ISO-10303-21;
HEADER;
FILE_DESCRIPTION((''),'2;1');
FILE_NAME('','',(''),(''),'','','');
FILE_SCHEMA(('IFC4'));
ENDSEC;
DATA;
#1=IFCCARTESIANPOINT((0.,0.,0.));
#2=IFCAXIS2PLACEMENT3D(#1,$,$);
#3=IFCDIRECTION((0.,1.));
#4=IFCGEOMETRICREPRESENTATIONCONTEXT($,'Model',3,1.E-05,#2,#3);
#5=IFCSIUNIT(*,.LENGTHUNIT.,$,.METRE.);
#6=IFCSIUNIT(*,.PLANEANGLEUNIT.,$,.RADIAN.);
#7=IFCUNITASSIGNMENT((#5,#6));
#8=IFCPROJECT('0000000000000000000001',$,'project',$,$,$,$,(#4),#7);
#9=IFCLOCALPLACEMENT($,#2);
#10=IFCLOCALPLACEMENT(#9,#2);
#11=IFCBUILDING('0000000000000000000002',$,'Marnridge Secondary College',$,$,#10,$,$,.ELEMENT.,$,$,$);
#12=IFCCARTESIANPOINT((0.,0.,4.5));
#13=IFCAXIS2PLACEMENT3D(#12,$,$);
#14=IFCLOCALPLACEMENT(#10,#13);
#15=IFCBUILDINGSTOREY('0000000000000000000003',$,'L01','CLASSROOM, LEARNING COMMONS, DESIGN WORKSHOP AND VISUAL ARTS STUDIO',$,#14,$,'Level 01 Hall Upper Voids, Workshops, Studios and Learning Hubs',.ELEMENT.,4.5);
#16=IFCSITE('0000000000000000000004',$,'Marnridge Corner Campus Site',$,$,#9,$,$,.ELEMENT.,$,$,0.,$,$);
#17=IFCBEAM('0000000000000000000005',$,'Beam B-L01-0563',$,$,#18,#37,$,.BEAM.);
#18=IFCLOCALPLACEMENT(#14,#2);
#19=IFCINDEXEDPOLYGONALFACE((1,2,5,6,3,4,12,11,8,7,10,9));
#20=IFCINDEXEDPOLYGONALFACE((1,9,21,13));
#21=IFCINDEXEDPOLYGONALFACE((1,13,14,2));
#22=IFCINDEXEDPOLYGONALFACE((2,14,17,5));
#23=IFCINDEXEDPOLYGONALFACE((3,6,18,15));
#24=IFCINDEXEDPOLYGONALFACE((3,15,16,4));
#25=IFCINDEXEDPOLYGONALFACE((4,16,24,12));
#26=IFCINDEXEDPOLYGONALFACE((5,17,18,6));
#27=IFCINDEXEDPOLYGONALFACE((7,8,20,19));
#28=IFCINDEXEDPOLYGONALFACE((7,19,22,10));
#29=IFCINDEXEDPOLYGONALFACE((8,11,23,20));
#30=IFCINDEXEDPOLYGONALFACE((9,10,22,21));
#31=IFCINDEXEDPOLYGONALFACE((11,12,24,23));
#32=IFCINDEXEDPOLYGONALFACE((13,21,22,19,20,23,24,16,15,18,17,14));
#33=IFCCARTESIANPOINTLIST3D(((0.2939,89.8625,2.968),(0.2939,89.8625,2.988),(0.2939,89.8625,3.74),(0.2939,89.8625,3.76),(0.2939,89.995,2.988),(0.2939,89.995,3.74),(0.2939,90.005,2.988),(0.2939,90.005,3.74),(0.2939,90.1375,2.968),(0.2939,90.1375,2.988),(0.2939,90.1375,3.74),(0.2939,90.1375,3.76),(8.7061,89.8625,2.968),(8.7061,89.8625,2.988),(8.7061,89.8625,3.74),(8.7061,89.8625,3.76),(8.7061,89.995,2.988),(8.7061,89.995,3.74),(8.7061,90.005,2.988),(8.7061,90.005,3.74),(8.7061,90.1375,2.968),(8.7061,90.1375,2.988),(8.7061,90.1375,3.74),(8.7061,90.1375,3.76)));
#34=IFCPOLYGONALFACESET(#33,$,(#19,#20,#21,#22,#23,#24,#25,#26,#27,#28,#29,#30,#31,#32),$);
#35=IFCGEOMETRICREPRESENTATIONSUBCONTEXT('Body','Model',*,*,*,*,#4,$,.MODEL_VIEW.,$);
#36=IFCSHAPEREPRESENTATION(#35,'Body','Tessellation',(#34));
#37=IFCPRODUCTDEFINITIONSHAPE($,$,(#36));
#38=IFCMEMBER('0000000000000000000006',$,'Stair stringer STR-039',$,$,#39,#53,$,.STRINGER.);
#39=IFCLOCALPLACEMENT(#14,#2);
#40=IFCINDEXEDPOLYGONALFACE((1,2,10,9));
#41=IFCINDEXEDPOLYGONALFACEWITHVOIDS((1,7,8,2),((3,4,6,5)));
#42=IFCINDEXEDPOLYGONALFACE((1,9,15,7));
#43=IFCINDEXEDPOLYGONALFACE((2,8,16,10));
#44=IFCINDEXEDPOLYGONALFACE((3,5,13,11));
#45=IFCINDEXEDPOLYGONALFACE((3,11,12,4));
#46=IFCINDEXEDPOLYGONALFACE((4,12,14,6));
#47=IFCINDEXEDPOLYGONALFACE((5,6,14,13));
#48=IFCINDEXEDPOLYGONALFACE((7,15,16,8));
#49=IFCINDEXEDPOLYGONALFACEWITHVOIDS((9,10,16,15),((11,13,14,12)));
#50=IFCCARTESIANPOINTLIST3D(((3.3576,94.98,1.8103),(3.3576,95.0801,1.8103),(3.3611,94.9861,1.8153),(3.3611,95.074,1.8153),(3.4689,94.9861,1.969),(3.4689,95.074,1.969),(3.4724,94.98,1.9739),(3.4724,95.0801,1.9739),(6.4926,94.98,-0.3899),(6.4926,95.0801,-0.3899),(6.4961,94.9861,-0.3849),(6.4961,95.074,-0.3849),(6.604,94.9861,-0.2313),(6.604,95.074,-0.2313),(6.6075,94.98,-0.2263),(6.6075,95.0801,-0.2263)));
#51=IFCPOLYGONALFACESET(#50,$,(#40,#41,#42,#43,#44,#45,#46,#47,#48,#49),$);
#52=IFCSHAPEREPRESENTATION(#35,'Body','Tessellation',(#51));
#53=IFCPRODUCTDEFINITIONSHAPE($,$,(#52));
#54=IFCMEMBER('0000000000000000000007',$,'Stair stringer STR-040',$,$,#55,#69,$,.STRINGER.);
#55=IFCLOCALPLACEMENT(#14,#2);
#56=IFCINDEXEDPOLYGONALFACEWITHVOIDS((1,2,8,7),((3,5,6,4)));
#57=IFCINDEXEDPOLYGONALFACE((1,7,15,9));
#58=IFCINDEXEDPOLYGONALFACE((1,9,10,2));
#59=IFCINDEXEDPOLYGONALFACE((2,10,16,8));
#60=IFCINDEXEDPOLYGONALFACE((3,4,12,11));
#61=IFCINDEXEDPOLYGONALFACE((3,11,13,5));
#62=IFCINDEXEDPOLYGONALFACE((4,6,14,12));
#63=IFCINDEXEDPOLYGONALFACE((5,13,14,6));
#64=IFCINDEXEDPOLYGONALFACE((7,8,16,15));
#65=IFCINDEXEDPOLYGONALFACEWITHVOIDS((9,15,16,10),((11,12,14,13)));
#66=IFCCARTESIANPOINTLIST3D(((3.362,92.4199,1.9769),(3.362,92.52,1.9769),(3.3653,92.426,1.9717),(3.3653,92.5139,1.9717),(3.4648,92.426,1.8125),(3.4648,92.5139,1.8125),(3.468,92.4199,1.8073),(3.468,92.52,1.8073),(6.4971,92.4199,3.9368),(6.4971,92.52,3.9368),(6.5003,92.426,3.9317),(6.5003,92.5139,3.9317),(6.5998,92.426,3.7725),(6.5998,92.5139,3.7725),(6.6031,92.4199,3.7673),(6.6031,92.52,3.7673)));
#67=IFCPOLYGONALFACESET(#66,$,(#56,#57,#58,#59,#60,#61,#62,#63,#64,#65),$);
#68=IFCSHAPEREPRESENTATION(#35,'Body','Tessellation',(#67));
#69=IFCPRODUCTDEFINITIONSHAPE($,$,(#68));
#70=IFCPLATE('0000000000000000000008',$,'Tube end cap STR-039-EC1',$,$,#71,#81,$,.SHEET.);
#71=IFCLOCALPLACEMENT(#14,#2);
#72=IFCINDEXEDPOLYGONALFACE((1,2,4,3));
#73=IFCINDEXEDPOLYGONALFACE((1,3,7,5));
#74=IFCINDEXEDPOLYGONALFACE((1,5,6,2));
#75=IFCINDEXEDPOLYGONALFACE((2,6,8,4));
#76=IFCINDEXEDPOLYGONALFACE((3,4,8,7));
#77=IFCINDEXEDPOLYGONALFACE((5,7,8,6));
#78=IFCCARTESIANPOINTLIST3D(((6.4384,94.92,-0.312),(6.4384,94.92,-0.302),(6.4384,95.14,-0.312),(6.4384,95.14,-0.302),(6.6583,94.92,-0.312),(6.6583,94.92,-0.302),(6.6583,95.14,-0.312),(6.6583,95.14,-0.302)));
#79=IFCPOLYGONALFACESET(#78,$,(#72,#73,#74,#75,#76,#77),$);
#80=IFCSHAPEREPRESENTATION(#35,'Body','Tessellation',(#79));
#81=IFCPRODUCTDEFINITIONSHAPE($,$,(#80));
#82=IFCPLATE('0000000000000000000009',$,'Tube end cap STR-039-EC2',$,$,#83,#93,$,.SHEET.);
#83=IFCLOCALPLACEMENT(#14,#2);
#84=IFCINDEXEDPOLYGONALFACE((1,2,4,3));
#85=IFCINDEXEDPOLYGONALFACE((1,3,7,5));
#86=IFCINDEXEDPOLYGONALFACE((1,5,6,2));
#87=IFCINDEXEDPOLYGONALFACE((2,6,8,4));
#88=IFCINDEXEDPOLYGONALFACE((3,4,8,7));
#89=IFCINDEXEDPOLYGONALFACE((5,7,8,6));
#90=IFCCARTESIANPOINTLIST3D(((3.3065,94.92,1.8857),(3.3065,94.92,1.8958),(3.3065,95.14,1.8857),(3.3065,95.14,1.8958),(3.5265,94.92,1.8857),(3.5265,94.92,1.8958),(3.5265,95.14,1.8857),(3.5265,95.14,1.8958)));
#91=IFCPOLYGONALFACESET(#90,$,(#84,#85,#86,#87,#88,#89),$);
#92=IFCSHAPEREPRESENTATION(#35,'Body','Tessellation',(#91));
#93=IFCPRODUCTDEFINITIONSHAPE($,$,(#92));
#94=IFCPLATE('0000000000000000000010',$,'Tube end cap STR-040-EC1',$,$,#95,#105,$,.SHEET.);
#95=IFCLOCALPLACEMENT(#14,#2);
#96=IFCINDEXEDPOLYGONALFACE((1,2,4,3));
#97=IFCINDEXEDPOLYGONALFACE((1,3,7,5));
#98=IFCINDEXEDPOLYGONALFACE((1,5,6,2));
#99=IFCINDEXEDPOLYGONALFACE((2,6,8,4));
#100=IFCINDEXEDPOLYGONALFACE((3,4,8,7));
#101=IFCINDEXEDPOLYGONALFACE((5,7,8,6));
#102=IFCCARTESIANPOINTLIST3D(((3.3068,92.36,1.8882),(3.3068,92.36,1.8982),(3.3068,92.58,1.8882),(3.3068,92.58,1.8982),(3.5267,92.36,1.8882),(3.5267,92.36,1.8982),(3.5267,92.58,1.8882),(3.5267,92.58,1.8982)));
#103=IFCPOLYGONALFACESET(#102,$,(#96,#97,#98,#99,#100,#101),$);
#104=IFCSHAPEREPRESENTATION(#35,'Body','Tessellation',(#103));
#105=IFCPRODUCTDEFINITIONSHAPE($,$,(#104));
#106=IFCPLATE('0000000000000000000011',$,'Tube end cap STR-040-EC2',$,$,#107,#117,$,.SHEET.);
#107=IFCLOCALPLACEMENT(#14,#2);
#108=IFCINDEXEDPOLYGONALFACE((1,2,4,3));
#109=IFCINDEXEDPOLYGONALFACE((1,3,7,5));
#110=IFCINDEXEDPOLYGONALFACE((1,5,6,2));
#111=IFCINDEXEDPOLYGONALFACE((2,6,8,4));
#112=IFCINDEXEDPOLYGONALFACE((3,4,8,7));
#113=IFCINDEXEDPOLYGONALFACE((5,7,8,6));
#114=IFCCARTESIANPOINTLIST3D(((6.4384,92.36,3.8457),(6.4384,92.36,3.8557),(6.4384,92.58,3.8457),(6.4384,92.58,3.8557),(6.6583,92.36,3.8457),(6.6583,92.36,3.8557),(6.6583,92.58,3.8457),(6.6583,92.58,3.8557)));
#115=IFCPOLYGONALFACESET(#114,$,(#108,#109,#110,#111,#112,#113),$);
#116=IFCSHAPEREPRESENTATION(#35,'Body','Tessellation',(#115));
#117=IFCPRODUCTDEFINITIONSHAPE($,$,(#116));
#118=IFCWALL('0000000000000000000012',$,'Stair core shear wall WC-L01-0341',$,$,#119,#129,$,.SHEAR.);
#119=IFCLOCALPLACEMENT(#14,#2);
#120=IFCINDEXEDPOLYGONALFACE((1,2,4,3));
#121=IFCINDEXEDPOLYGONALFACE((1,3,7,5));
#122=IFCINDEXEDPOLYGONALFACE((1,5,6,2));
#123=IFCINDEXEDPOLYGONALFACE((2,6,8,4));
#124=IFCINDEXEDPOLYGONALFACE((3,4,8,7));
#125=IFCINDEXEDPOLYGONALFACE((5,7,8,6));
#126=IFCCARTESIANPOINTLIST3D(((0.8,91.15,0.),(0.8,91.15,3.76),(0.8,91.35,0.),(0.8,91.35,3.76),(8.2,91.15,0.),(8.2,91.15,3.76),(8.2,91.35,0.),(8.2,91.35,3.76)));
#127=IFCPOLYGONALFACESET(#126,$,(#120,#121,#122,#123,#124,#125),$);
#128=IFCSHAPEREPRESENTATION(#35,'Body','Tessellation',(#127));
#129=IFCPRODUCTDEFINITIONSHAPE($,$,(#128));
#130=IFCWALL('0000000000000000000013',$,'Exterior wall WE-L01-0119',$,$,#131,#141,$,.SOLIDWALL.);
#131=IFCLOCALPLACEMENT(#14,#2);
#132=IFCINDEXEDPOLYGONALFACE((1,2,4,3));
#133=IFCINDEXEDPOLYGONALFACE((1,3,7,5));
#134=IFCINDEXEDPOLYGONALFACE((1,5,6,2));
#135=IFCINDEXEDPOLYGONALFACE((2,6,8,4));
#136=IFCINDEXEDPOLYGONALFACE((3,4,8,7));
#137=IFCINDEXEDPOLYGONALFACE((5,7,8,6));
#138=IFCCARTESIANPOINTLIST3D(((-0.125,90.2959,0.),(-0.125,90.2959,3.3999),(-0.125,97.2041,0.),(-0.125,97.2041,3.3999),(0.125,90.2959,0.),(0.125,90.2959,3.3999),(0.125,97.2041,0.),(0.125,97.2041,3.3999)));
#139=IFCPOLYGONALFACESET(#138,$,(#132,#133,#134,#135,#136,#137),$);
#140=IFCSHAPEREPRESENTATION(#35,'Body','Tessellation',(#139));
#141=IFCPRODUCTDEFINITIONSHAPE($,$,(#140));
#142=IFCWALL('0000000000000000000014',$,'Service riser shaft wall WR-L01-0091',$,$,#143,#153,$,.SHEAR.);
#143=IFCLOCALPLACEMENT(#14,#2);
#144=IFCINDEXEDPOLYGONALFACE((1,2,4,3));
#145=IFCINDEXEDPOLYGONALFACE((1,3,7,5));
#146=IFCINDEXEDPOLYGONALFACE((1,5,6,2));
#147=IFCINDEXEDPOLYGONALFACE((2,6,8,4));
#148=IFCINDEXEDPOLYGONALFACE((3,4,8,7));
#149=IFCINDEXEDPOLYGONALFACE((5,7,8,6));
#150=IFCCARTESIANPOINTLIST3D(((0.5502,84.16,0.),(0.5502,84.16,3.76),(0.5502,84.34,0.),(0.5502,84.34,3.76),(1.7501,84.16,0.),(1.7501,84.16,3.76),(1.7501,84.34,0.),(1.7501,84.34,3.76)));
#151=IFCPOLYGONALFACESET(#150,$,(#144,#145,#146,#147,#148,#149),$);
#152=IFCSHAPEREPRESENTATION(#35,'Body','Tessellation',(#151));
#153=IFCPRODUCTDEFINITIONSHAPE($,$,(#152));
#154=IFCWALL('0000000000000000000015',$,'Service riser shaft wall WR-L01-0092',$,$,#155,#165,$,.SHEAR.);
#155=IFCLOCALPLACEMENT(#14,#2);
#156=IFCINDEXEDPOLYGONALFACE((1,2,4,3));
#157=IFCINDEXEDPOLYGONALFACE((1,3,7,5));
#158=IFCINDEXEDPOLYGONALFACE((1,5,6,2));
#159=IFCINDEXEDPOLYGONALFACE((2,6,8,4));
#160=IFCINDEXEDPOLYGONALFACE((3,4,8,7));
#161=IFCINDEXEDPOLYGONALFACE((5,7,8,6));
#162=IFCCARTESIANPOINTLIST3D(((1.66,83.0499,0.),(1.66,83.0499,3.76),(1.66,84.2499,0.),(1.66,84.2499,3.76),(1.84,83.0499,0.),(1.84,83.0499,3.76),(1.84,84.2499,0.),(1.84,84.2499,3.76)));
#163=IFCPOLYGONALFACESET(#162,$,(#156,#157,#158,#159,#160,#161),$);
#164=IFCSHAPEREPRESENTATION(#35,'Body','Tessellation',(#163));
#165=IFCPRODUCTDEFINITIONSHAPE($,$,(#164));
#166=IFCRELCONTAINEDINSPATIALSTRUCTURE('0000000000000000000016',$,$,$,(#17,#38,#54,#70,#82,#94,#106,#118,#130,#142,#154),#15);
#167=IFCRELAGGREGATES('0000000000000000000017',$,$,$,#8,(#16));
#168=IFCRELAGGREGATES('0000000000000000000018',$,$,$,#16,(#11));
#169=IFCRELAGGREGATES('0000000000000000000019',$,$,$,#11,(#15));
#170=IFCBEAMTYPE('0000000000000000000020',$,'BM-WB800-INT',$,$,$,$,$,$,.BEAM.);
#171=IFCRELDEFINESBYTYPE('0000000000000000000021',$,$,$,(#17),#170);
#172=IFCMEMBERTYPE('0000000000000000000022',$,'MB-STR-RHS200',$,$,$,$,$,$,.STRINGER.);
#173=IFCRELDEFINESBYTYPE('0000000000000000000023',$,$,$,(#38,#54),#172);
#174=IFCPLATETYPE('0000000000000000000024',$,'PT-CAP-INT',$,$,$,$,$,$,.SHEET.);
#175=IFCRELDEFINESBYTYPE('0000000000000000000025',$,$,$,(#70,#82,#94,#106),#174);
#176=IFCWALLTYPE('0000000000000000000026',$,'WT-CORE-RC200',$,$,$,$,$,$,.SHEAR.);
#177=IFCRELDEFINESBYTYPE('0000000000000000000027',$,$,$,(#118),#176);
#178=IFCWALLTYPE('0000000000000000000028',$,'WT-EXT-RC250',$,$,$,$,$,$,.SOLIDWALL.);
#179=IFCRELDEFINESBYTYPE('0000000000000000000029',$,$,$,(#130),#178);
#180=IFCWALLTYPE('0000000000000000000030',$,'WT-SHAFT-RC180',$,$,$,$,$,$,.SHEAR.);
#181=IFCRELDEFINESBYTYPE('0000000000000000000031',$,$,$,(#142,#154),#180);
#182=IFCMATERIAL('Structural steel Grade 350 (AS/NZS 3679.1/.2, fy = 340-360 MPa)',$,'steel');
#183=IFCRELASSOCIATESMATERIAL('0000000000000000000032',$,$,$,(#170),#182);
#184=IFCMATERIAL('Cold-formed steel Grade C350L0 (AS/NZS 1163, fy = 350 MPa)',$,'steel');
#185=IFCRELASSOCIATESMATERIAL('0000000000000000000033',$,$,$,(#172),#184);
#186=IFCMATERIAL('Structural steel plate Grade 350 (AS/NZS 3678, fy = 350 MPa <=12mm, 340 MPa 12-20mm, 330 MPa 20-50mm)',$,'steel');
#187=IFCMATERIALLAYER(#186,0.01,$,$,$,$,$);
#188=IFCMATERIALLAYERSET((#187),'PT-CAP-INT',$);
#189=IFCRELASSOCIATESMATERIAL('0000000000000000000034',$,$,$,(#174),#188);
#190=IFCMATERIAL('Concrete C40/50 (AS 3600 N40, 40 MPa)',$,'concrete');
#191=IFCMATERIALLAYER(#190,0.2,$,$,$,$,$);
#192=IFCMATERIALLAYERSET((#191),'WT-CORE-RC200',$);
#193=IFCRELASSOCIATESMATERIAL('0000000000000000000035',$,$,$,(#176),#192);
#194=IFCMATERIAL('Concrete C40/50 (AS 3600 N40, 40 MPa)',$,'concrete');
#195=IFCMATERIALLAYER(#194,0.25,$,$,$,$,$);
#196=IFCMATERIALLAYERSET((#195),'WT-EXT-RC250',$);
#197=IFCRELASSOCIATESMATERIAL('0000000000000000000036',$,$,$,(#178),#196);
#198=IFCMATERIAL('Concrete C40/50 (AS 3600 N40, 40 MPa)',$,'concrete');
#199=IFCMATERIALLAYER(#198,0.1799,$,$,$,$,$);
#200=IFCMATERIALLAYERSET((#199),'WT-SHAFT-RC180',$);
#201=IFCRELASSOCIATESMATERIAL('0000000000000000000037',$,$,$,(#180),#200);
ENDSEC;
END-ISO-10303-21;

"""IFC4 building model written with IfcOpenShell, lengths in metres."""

from ifc_helpers import new_model, si_unit, direction, frame, frame_2d, origin, origin_2d, place, context, subcontext, project, spatial, rectangle, hollow_rectangle, i_section, extrude, material, layer, layer_set, material_profile, profile_set, type_object, element, save


model = new_model("IFC4")

# Units and contexts
model_context = context("Model", 3, precision=1e-05, world=origin(), true_north=direction((0.0, 1.0)))
body_context = subcontext(model_context, "Body", "Model", "MODEL_VIEW")
ifc_project = project(units=[si_unit("LENGTHUNIT", "METRE"), si_unit("PLANEANGLEUNIT", "RADIAN")], contexts=[model_context])

# Site, building, storey
site_placement = place(None, origin())
site = spatial("IfcSite", under=ifc_project, at=site_placement, Name="Marnridge Corner Campus Site", CompositionType="ELEMENT", RefElevation=0.0)
building_placement = place(site_placement, origin())
building = spatial("IfcBuilding", under=site, at=building_placement, Name="Marnridge Secondary College", CompositionType="ELEMENT")
storey_placement = place(building_placement, frame((0.0, 0.0, 4.5)))
storey = spatial("IfcBuildingStorey", under=building, at=storey_placement, Name="L01", Description="CLASSROOM, LEARNING COMMONS, DESIGN WORKSHOP AND VISUAL ARTS STUDIO", LongName="Level 01 Hall Upper Voids, Workshops, Studios and Learning Hubs", CompositionType="ELEMENT", Elevation=4.5)

# Beam
ifc_material_1 = material(Name="Structural steel Grade 350 (AS/NZS 3679.1/.2, fy = 340-360 MPa)", Category="steel")
ifc_material_profile_1 = material_profile(ifc_material_1, i_section(OverallWidth=0.2749, OverallDepth=0.792, WebThickness=0.01, FlangeThickness=0.02, at=origin_2d()), Name="800WB146")
ifc_profile_set_1 = profile_set([ifc_material_profile_1], Name="Structural steel Grade 350 (AS/NZS 3679.1/.2, fy = 340-360 MPa)")
beam_type_1 = type_object("IfcBeamType", Name="BM-WB800-INT", PredefinedType="BEAM", material=ifc_profile_set_1)
beam_1_placement = place(storey_placement, frame((0.2939, 90.0, 3.364), z_axis=(1.0, 0.0, 0.0), x_axis=(0.0, 1.0, 0.0)))
element("IfcBeam", 1, at=beam_1_placement, inside=storey, type_object=beam_type_1, Name="Beam B-L01-0563", PredefinedType="BEAM", context=body_context, shape_type="SweptSolid", body=[
    extrude(i_section(OverallWidth=0.2749, OverallDepth=0.792, WebThickness=0.01, FlangeThickness=0.02, at=origin_2d()), origin(), (0.0, 0.0, 1.0), 8.4121),
])

# Members
ifc_material_2 = material(Name="Cold-formed steel Grade C350L0 (AS/NZS 1163, fy = 350 MPa)", Category="steel")
ifc_material_profile_2 = material_profile(ifc_material_2, hollow_rectangle(XDim=0.1001, YDim=0.2, WallThickness=0.0061, at=origin_2d()), Name="200x100x6.0RHS")
ifc_profile_set_2 = profile_set([ifc_material_profile_2], Name="Cold-formed steel Grade C350L0 (AS/NZS 1163, fy = 350 MPa)")
member_type = type_object("IfcMemberType", Name="MB-STR-RHS200", PredefinedType="STRINGER", material=ifc_profile_set_2)
member_1_placement = place(storey_placement, frame((6.55, 95.03, -0.3081), z_axis=(-0.818534, 0.0, 0.574459), x_axis=(0.0, -1.0, 0.0)))
element("IfcMember", 2, at=member_1_placement, inside=storey, type_object=member_type, Name="Stair stringer STR-039", PredefinedType="STRINGER", context=body_context, shape_type="SweptSolid", body=[
    extrude(hollow_rectangle(XDim=0.1001, YDim=0.2, WallThickness=0.0061, at=origin_2d()), origin(), (0.0, 0.0, 1.0), 3.8301),
])
member_2_placement = place(storey_placement, frame((3.415, 92.47, 1.8921), z_axis=(0.847928, 0.0, 0.530112), x_axis=(0.0, 1.0, 0.0)))
element("IfcMember", 3, at=member_2_placement, inside=storey, type_object=member_type, Name="Stair stringer STR-040", PredefinedType="STRINGER", context=body_context, shape_type="SweptSolid", body=[
    extrude(hollow_rectangle(XDim=0.1001, YDim=0.2, WallThickness=0.0061, at=origin_2d()), origin(), (0.0, 0.0, 1.0), 3.6973),
])

# Plates
ifc_material_3 = material(Name="Structural steel plate Grade 350 (AS/NZS 3678, fy = 350 MPa <=12mm, 340 MPa 12-20mm, 330 MPa 20-50mm)", Category="steel")
ifc_layer_1 = layer(ifc_material_3, 0.01)
ifc_layer_set_1 = layer_set([ifc_layer_1], Name="PT-CAP-INT")
plate_type = type_object("IfcPlateType", Name="PT-CAP-INT", PredefinedType="SHEET", material=ifc_layer_set_1)
for number, where, z_axis, x_axis, name in (
    (4, (6.5483, 95.03, -0.312), (0.0, 0.0, 1.0), (-1.0, 0.0, 0.0), "Tube end cap STR-039-EC1"),
    (5, (3.4165, 95.03, 1.8857), (0.0, 0.0, 1.0), (-1.0, 0.0, 0.0), "Tube end cap STR-039-EC2"),
    (6, (3.4167, 92.47, 1.8882), (0.0, 0.0, 1.0), (1.0, 0.0, 0.0), "Tube end cap STR-040-EC1"),
    (7, (6.5483, 92.47, 3.8457), (0.0, 0.0, 1.0), (1.0, 0.0, 0.0), "Tube end cap STR-040-EC2"),
):
    element("IfcPlate", number, at=place(storey_placement, frame(where, z_axis=z_axis, x_axis=x_axis)), inside=storey, type_object=plate_type, Name=name, PredefinedType="SHEET", context=body_context, shape_type="SweptSolid", body=[
        extrude(rectangle(XDim=0.22, YDim=0.22, at=origin_2d()), origin(), (0.0, 0.0, 1.0), 0.01),
    ])

# Wall
ifc_material_4 = material(Name="Concrete C40/50 (AS 3600 N40, 40 MPa)", Category="concrete")
ifc_layer_2 = layer(ifc_material_4, 0.2)
ifc_layer_set_2 = layer_set([ifc_layer_2], Name="WT-CORE-RC200")
wall_type_1 = type_object("IfcWallType", Name="WT-CORE-RC200", PredefinedType="SHEAR", material=ifc_layer_set_2)
wall_1_placement = place(storey_placement, frame((0.8, 91.25, 0.0), z_axis=(0.0, 0.0, 1.0), x_axis=(1.0, 0.0, 0.0)))
element("IfcWall", 8, at=wall_1_placement, inside=storey, type_object=wall_type_1, Name="Stair core shear wall WC-L01-0341", PredefinedType="SHEAR", context=body_context, shape_type="SweptSolid", body=[
    extrude(rectangle(XDim=7.3999, YDim=0.2, at=frame_2d((3.7, 0.0))), origin(), (0.0, 0.0, 1.0), 3.76),
])

# Walls
ifc_material_5 = material(Name="Concrete C40/50 (AS 3600 N40, 40 MPa)", Category="concrete")
ifc_layer_3 = layer(ifc_material_5, 0.25)
ifc_layer_set_3 = layer_set([ifc_layer_3], Name="WT-EXT-RC250")
wall_type_2 = type_object("IfcWallType", Name="WT-EXT-RC250", PredefinedType="SOLIDWALL", material=ifc_layer_set_3)
wall_2_placement = place(storey_placement, frame((0.0, 90.2959, 0.0), z_axis=(0.0, 0.0, 1.0), x_axis=(0.0, 1.0, 0.0)))
element("IfcWall", 9, at=wall_2_placement, inside=storey, type_object=wall_type_2, Name="Exterior wall WE-L01-0119", PredefinedType="SOLIDWALL", context=body_context, shape_type="SweptSolid", body=[
    extrude(rectangle(XDim=6.9082, YDim=0.25, at=frame_2d((3.4541, 0.0))), origin(), (0.0, 0.0, 1.0), 3.3999),
])
ifc_material_6 = material(Name="Concrete C40/50 (AS 3600 N40, 40 MPa)", Category="concrete")
ifc_layer_4 = layer(ifc_material_6, 0.1799)
ifc_layer_set_4 = layer_set([ifc_layer_4], Name="WT-SHAFT-RC180")
wall_type_3 = type_object("IfcWallType", Name="WT-SHAFT-RC180", PredefinedType="SHEAR", material=ifc_layer_set_4)
for number, where, z_axis, x_axis, name in (
    (10, (0.55, 84.25, 0.0), (0.0, 0.0, 1.0), (1.0, 0.0, 0.0), "Service riser shaft wall WR-L01-0091"),
    (11, (1.75, 84.25, 0.0), (0.0, 0.0, 1.0), (0.0, -1.0, 0.0), "Service riser shaft wall WR-L01-0092"),
):
    element("IfcWall", number, at=place(storey_placement, frame(where, z_axis=z_axis, x_axis=x_axis)), inside=storey, type_object=wall_type_3, Name=name, PredefinedType="SHEAR", context=body_context, shape_type="SweptSolid", body=[
        extrude(rectangle(XDim=1.2, YDim=0.1799, at=frame_2d((0.6001, 0.0))), origin(), (0.0, 0.0, 1.0), 3.76),
    ])

save(model, "model.ifc")
